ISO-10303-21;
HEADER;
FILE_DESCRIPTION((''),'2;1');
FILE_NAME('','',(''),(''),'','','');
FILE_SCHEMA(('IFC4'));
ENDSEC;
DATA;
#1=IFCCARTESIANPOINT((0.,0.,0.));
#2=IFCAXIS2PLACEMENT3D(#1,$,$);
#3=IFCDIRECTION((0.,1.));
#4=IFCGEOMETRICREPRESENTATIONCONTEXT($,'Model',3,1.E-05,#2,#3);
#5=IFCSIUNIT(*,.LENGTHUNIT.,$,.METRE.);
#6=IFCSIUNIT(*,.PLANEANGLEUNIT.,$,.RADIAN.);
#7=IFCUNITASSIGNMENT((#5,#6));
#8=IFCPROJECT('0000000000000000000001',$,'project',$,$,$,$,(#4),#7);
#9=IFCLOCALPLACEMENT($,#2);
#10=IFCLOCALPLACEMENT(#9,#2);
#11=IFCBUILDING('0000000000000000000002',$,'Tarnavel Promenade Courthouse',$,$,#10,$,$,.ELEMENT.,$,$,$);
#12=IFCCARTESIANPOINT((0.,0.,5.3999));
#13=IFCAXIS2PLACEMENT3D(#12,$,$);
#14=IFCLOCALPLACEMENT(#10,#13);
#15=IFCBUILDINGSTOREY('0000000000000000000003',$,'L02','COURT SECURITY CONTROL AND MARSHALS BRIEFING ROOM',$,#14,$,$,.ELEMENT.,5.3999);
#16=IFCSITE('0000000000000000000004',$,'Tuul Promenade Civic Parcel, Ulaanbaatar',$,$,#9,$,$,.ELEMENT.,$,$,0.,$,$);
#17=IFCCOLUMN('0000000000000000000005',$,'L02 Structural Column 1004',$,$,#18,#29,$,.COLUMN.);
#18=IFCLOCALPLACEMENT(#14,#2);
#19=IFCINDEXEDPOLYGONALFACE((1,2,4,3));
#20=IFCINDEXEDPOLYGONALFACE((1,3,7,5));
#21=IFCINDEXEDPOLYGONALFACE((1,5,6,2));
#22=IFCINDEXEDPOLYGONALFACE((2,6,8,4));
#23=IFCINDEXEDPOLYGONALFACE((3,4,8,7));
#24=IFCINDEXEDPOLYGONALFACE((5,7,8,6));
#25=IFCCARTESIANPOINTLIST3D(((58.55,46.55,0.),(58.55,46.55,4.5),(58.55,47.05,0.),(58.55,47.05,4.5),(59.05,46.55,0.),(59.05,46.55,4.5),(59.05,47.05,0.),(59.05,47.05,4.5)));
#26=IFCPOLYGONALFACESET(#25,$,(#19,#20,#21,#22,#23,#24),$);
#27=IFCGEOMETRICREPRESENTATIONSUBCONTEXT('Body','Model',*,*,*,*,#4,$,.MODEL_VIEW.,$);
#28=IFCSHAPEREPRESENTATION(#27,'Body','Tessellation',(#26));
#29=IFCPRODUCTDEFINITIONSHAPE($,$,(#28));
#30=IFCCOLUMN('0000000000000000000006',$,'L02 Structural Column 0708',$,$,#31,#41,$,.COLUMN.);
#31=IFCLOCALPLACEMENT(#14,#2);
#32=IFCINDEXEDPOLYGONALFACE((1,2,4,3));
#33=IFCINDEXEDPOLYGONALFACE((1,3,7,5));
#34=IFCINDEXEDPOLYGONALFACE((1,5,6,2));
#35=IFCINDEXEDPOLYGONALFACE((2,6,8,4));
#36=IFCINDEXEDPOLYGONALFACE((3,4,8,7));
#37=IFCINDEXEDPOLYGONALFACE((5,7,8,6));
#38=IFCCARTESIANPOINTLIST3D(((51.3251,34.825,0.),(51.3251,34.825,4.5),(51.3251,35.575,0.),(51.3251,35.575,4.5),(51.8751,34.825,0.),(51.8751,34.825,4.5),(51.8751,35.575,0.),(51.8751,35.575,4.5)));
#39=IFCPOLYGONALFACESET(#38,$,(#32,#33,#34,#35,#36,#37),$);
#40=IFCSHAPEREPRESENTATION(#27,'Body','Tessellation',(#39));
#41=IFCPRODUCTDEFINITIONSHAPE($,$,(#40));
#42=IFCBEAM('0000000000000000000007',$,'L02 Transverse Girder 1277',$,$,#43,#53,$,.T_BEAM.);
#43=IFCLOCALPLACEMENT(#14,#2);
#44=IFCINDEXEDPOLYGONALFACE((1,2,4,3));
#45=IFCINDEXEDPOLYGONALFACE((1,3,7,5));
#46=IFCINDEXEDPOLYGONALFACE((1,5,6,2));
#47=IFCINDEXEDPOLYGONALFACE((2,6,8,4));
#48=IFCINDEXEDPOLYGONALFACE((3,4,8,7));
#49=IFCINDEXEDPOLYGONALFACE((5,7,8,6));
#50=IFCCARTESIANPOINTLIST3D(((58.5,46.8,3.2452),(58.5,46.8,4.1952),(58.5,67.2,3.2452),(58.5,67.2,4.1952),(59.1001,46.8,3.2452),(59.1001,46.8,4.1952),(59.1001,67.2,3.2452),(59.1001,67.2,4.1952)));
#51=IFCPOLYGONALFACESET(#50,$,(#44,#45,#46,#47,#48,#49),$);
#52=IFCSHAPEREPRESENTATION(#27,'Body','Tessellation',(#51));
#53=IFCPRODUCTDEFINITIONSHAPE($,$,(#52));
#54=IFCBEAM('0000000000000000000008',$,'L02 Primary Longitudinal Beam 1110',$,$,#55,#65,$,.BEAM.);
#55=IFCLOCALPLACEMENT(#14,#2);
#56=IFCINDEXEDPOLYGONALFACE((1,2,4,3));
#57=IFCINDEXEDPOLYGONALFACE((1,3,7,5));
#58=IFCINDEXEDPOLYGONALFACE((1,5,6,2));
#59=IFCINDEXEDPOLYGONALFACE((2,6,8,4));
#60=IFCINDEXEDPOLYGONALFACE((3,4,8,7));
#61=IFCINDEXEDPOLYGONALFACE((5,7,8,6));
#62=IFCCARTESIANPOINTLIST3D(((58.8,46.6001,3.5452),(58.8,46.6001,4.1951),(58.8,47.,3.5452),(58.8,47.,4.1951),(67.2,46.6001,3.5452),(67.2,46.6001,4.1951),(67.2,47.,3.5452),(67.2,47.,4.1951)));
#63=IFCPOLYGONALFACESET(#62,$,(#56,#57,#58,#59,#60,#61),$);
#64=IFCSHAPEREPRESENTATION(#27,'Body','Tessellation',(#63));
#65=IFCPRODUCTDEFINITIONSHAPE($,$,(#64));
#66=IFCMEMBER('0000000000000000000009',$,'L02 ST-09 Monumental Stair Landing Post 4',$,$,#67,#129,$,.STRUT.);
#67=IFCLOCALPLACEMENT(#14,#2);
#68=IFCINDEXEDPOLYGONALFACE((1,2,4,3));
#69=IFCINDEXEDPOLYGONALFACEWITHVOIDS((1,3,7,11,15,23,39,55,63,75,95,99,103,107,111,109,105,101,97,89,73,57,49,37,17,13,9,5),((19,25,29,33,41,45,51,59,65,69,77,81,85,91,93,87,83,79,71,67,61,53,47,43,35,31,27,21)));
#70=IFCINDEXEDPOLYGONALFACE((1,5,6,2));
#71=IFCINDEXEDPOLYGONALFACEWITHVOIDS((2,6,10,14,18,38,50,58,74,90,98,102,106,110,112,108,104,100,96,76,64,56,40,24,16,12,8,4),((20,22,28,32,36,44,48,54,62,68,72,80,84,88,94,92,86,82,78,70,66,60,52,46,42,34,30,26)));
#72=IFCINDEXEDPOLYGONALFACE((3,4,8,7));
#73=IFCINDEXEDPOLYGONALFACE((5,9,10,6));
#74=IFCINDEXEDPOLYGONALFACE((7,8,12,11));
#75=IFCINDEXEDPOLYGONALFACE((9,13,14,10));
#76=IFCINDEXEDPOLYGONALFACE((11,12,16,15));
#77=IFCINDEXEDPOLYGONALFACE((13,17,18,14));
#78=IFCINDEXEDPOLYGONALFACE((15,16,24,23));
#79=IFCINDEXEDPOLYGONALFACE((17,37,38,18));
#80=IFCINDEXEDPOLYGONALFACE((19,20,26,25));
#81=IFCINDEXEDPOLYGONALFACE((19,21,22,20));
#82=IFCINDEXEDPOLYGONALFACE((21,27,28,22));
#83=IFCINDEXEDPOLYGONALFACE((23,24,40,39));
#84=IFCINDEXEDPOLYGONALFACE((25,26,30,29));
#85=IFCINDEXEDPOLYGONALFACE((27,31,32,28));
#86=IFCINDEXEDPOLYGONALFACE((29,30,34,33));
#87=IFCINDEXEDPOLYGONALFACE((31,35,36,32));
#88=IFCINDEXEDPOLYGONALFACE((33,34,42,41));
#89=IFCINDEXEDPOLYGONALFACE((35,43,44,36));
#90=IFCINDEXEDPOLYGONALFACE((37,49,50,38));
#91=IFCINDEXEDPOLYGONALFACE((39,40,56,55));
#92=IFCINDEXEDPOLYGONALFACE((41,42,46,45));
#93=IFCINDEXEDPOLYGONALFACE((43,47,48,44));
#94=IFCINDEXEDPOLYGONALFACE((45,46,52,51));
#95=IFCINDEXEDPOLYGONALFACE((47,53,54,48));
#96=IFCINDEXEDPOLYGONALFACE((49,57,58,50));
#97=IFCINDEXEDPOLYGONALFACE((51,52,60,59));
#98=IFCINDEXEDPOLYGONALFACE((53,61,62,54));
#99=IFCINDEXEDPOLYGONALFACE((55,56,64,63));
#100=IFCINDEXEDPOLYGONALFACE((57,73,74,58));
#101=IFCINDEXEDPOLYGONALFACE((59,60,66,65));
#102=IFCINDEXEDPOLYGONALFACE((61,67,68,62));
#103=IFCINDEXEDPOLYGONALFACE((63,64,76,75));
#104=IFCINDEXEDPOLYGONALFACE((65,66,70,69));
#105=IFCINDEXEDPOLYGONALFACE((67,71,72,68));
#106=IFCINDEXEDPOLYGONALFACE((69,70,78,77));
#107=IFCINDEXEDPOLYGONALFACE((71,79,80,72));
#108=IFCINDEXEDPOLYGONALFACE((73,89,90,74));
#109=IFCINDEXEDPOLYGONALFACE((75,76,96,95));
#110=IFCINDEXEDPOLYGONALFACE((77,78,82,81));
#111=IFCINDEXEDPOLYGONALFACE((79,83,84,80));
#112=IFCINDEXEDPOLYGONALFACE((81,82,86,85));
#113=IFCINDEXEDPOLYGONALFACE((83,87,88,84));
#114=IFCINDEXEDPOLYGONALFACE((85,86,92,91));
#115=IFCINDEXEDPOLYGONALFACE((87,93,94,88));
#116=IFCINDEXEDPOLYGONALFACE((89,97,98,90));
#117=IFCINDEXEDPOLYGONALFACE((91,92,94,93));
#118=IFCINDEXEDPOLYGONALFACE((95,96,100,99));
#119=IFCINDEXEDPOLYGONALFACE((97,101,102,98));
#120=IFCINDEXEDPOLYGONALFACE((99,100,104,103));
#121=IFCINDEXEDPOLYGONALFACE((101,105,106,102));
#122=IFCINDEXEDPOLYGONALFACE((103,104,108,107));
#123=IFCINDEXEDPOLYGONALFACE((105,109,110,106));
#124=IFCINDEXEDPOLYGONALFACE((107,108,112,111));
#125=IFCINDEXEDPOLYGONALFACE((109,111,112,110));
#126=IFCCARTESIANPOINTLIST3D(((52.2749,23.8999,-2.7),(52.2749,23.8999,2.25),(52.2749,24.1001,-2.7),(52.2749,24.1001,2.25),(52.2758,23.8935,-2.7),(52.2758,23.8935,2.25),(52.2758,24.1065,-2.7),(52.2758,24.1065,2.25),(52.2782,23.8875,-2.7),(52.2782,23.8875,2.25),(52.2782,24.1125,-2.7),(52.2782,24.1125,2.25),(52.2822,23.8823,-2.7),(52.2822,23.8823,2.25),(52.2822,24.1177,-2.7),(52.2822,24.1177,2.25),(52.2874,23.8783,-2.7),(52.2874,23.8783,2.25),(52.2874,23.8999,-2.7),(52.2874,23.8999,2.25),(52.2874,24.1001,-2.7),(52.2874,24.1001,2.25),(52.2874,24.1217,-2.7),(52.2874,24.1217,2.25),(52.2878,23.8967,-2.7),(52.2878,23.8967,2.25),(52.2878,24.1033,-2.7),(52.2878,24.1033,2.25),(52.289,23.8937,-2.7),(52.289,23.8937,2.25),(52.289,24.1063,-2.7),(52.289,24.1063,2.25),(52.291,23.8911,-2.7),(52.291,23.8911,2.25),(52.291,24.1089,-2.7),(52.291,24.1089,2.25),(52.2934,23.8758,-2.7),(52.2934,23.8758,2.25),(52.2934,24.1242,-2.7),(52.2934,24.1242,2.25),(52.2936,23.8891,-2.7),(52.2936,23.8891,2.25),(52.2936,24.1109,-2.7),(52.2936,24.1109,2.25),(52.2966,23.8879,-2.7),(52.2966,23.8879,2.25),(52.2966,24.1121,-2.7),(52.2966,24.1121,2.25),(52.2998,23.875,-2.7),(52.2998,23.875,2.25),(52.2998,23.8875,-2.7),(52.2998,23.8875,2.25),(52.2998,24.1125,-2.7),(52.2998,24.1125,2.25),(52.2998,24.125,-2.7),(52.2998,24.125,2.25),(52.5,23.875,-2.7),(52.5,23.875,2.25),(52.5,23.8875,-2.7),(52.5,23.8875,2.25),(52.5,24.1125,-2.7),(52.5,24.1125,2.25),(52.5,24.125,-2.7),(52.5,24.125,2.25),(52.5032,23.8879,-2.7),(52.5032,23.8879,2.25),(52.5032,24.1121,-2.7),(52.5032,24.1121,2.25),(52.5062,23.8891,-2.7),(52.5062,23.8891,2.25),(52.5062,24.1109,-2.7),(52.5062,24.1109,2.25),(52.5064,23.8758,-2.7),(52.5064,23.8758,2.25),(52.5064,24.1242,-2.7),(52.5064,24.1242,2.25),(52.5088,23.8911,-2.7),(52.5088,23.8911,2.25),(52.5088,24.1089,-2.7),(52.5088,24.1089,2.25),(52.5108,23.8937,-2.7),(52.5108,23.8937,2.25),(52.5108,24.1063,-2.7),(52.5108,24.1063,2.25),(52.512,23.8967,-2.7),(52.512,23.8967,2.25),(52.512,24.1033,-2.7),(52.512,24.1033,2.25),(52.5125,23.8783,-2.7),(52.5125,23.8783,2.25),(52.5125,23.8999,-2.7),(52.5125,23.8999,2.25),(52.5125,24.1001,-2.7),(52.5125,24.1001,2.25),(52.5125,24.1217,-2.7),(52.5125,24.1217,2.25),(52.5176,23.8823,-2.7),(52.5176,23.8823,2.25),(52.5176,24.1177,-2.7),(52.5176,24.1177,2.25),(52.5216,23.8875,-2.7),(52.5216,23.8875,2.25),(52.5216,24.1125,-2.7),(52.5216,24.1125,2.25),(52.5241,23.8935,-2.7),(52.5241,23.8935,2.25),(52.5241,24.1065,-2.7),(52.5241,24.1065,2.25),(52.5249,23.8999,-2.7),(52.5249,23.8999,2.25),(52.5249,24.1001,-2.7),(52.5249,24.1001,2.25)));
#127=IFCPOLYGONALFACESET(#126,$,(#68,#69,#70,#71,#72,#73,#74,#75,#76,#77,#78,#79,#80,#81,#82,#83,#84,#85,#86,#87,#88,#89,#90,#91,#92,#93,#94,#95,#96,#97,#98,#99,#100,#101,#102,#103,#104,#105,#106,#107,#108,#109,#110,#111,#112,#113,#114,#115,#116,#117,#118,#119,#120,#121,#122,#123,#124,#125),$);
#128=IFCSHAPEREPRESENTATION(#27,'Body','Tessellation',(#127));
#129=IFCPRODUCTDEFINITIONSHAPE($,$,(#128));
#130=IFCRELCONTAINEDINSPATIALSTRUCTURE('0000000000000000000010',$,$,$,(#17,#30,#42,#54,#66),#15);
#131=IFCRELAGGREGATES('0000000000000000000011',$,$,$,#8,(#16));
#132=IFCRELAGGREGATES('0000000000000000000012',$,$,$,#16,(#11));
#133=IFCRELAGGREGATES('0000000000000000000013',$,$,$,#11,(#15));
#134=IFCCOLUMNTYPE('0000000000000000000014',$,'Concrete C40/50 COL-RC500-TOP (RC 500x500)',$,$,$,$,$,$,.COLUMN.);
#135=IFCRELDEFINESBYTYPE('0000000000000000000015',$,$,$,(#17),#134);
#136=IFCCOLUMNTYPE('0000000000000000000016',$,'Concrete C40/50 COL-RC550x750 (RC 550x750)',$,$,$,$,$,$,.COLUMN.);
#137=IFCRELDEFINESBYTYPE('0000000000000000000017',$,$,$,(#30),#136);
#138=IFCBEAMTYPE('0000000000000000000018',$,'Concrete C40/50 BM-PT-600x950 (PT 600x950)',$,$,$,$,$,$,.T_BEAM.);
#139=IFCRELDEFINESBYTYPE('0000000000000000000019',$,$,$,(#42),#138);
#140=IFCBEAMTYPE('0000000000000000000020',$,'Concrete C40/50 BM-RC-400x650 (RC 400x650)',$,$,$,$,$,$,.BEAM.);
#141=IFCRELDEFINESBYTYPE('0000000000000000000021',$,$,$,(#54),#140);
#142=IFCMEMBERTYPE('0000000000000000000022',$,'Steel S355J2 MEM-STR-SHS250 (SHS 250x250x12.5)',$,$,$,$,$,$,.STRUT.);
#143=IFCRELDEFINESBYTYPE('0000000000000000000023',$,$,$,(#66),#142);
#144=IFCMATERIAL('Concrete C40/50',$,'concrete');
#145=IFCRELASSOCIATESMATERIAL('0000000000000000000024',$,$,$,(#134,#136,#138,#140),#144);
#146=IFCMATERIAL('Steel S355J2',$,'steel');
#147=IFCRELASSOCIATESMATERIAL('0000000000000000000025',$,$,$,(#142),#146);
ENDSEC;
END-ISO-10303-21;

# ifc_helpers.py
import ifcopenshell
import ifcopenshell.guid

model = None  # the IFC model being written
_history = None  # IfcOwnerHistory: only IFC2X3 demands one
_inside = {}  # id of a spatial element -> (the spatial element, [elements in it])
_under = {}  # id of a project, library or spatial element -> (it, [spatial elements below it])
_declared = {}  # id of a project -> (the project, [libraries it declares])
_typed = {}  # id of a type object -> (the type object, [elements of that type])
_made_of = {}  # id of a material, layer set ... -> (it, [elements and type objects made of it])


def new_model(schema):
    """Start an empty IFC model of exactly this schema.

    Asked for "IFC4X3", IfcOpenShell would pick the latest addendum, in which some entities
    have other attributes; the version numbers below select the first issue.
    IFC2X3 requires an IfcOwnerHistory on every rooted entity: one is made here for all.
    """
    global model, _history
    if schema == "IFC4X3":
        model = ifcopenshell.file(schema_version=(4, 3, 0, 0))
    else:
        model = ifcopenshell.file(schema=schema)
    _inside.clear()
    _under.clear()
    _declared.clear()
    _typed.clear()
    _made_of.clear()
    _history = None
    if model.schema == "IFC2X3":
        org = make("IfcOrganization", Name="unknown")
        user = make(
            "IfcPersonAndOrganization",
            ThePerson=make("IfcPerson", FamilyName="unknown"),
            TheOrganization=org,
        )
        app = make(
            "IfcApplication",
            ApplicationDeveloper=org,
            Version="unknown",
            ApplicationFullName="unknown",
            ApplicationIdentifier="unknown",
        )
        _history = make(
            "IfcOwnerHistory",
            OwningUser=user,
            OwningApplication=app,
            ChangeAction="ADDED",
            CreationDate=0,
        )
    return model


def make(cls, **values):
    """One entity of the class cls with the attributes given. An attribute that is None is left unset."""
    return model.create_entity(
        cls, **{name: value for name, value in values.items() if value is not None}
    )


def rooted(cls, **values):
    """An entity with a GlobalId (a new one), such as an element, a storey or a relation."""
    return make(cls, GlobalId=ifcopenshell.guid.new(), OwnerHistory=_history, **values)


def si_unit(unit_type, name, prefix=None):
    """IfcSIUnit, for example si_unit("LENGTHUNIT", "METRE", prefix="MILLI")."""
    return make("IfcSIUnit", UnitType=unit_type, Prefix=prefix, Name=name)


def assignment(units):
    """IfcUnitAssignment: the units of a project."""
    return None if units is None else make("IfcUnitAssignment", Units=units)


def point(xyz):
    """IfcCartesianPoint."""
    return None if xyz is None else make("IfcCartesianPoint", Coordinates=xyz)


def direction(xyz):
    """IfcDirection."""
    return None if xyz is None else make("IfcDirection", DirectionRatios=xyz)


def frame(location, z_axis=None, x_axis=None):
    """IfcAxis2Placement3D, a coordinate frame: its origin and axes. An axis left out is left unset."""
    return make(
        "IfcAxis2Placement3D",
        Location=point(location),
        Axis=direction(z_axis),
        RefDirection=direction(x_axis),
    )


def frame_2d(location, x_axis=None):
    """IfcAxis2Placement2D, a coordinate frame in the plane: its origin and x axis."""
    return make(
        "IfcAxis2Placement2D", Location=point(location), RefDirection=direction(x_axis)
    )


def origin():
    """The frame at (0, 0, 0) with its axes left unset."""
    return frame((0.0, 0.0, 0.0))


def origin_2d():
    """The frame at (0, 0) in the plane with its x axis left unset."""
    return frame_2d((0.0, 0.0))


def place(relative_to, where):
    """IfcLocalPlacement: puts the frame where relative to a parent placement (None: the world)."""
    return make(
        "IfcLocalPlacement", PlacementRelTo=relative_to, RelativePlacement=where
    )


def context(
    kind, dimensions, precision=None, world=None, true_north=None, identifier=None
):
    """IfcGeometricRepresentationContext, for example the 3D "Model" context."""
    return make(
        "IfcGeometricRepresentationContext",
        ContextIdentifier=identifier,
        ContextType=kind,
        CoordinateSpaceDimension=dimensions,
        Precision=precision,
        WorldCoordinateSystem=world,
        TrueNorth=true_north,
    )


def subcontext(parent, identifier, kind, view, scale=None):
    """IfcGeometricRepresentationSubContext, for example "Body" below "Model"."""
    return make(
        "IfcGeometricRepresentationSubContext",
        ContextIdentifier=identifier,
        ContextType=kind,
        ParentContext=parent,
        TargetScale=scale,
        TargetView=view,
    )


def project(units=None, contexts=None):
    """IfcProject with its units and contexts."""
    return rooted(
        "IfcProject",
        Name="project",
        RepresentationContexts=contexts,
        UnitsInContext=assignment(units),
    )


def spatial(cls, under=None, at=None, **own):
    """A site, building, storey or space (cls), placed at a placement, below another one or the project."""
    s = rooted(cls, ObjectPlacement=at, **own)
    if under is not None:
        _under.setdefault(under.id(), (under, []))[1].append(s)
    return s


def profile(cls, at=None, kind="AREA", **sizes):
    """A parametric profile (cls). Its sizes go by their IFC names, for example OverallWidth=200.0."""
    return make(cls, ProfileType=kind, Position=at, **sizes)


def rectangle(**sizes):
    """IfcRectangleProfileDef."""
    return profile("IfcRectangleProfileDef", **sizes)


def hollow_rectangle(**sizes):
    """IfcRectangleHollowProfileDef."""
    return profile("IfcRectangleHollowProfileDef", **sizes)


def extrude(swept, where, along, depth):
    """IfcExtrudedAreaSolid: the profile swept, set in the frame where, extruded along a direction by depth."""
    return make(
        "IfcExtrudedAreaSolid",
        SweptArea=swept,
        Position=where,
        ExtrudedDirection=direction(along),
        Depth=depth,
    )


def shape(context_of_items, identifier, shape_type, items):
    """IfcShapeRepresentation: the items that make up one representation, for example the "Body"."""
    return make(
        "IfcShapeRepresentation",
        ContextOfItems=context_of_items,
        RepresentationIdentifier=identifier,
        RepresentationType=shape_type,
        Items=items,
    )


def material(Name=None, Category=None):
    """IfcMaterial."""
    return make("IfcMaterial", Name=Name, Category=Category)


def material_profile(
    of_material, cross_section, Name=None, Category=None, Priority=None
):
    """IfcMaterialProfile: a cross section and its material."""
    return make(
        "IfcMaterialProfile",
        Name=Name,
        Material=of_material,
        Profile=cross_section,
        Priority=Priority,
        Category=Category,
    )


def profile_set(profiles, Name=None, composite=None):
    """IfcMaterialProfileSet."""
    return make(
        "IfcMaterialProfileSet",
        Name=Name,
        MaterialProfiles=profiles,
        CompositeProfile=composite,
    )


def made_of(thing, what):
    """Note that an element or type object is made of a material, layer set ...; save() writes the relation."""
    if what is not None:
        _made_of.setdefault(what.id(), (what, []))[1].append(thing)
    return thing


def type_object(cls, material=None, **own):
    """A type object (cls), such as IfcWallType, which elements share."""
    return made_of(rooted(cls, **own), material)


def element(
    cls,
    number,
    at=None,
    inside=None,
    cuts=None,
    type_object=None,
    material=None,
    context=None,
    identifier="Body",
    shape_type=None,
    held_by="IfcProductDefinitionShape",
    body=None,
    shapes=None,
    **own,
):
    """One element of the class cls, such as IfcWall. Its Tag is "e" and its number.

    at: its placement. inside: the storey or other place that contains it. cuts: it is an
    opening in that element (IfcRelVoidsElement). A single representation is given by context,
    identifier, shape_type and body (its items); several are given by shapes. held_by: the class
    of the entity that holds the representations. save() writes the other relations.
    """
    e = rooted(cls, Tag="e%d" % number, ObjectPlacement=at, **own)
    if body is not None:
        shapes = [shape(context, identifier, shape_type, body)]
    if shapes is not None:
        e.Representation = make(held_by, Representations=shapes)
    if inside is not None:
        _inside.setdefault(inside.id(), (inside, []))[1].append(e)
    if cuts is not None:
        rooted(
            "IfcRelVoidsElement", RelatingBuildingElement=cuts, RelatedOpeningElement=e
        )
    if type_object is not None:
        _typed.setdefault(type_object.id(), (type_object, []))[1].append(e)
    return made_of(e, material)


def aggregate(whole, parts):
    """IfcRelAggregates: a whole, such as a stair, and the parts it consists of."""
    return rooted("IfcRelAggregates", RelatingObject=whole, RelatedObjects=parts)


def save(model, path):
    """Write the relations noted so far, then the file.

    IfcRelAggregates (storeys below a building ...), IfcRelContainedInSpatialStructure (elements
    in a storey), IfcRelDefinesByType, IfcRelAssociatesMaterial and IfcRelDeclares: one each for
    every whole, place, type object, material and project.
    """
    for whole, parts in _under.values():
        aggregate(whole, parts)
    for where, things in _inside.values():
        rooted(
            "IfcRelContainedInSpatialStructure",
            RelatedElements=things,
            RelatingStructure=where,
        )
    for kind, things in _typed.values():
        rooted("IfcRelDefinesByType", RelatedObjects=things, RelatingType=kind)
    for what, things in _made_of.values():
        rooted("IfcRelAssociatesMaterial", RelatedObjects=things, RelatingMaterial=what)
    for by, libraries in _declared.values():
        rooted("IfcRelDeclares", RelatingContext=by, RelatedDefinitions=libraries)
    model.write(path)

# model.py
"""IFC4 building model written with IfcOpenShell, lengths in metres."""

from ifc_helpers import new_model, si_unit, direction, frame, origin, origin_2d, place, context, subcontext, project, spatial, rectangle, hollow_rectangle, extrude, material, material_profile, profile_set, type_object, element, save


model = new_model("IFC4")

# Units and contexts
model_context = context("Model", 3, precision=1e-05, world=origin(), true_north=direction((0.0, 1.0)))
body_context = subcontext(model_context, "Body", "Model", "MODEL_VIEW")
ifc_project = project(units=[si_unit("LENGTHUNIT", "METRE"), si_unit("PLANEANGLEUNIT", "RADIAN")], contexts=[model_context])

# Site, building, storey
site_placement = place(None, origin())
site = spatial("IfcSite", under=ifc_project, at=site_placement, Name="Tuul Promenade Civic Parcel, Ulaanbaatar", CompositionType="ELEMENT", RefElevation=0.0)
building_placement = place(site_placement, origin())
building = spatial("IfcBuilding", under=site, at=building_placement, Name="Tarnavel Promenade Courthouse", CompositionType="ELEMENT")
storey_placement = place(building_placement, frame((0.0, 0.0, 5.3999)))
storey = spatial("IfcBuildingStorey", under=building, at=storey_placement, Name="L02", Description="COURT SECURITY CONTROL AND MARSHALS BRIEFING ROOM", CompositionType="ELEMENT", Elevation=5.3999)

# Columns
ifc_material_1 = material(Name="Concrete C40/50", Category="concrete")
ifc_material_profile_1 = material_profile(ifc_material_1, rectangle(XDim=0.5, YDim=0.5, at=origin_2d()), Name="RC 500x500")
ifc_profile_set_1 = profile_set([ifc_material_profile_1], Name="Concrete C40/50")
column_type_1 = type_object("IfcColumnType", Name="Concrete C40/50 COL-RC500-TOP (RC 500x500)", PredefinedType="COLUMN", material=ifc_profile_set_1)
column_1_placement = place(storey_placement, frame((58.8, 46.8, 0.0), z_axis=(0.0, 0.0, 1.0), x_axis=(1.0, 0.0, 0.0)))
element("IfcColumn", 1, at=column_1_placement, inside=storey, type_object=column_type_1, Name="L02 Structural Column 1004", PredefinedType="COLUMN", context=body_context, shape_type="SweptSolid", body=[
    extrude(rectangle(XDim=0.5, YDim=0.5, at=origin_2d()), origin(), (0.0, 0.0, 1.0), 4.5),
])
ifc_material_profile_2 = material_profile(ifc_material_1, rectangle(XDim=0.55, YDim=0.75, at=origin_2d()), Name="RC 550x750")
ifc_profile_set_2 = profile_set([ifc_material_profile_2], Name="Concrete C40/50")
column_type_2 = type_object("IfcColumnType", Name="Concrete C40/50 COL-RC550x750 (RC 550x750)", PredefinedType="COLUMN", material=ifc_profile_set_2)
column_2_placement = place(storey_placement, frame((51.6001, 35.2, 0.0), z_axis=(0.0, 0.0, 1.0), x_axis=(1.0, 0.0, 0.0)))
element("IfcColumn", 2, at=column_2_placement, inside=storey, type_object=column_type_2, Name="L02 Structural Column 0708", PredefinedType="COLUMN", context=body_context, shape_type="SweptSolid", body=[
    extrude(rectangle(XDim=0.55, YDim=0.75, at=origin_2d()), origin(), (0.0, 0.0, 1.0), 4.5),
])

# Beams
ifc_material_profile_3 = material_profile(ifc_material_1, rectangle(XDim=0.6001, YDim=0.95, at=origin_2d()), Name="PT 600x950")
ifc_profile_set_3 = profile_set([ifc_material_profile_3], Name="Concrete C40/50")
beam_type_1 = type_object("IfcBeamType", Name="Concrete C40/50 BM-PT-600x950 (PT 600x950)", PredefinedType="T_BEAM", material=ifc_profile_set_3)
beam_1_placement = place(storey_placement, frame((58.8, 46.8, 3.7202), z_axis=(0.0, 1.0, 0.0), x_axis=(-1.0, 0.0, 0.0)))
element("IfcBeam", 3, at=beam_1_placement, inside=storey, type_object=beam_type_1, Name="L02 Transverse Girder 1277", PredefinedType="T_BEAM", context=body_context, shape_type="SweptSolid", body=[
    extrude(rectangle(XDim=0.6001, YDim=0.95, at=origin_2d()), origin(), (0.0, 0.0, 1.0), 20.3999),
])
ifc_material_profile_4 = material_profile(ifc_material_1, rectangle(XDim=0.3999, YDim=0.6499, at=origin_2d()), Name="RC 400x650")
ifc_profile_set_4 = profile_set([ifc_material_profile_4], Name="Concrete C40/50")
beam_type_2 = type_object("IfcBeamType", Name="Concrete C40/50 BM-RC-400x650 (RC 400x650)", PredefinedType="BEAM", material=ifc_profile_set_4)
beam_2_placement = place(storey_placement, frame((58.8, 46.8, 3.8701), z_axis=(1.0, 0.0, 0.0), x_axis=(0.0, 1.0, 0.0)))
element("IfcBeam", 4, at=beam_2_placement, inside=storey, type_object=beam_type_2, Name="L02 Primary Longitudinal Beam 1110", PredefinedType="BEAM", context=body_context, shape_type="SweptSolid", body=[
    extrude(rectangle(XDim=0.3999, YDim=0.6499, at=origin_2d()), origin(), (0.0, 0.0, 1.0), 8.3999),
])

# Member
ifc_material_2 = material(Name="Steel S355J2", Category="steel")
ifc_material_profile_5 = material_profile(ifc_material_2, hollow_rectangle(XDim=0.25, YDim=0.25, WallThickness=0.0125, InnerFilletRadius=0.0125, OuterFilletRadius=0.0249, at=origin_2d()), Name="SHS 250x250x12.5")
ifc_profile_set_5 = profile_set([ifc_material_profile_5], Name="Steel S355J2")
member_type_1 = type_object("IfcMemberType", Name="Steel S355J2 MEM-STR-SHS250 (SHS 250x250x12.5)", PredefinedType="STRUT", material=ifc_profile_set_5)
member_1_placement = place(storey_placement, frame((52.3999, 24.0, -2.7), z_axis=(0.0, 0.0, 1.0), x_axis=(1.0, 0.0, 0.0)))
element("IfcMember", 5, at=member_1_placement, inside=storey, type_object=member_type_1, Name="L02 ST-09 Monumental Stair Landing Post 4", PredefinedType="STRUT", context=body_context, shape_type="SweptSolid", body=[
    extrude(hollow_rectangle(XDim=0.25, YDim=0.25, WallThickness=0.0125, InnerFilletRadius=0.0125, OuterFilletRadius=0.0249, at=origin_2d()), origin(), (0.0, 0.0, 1.0), 4.95),
])

save(model, "model.ifc")
